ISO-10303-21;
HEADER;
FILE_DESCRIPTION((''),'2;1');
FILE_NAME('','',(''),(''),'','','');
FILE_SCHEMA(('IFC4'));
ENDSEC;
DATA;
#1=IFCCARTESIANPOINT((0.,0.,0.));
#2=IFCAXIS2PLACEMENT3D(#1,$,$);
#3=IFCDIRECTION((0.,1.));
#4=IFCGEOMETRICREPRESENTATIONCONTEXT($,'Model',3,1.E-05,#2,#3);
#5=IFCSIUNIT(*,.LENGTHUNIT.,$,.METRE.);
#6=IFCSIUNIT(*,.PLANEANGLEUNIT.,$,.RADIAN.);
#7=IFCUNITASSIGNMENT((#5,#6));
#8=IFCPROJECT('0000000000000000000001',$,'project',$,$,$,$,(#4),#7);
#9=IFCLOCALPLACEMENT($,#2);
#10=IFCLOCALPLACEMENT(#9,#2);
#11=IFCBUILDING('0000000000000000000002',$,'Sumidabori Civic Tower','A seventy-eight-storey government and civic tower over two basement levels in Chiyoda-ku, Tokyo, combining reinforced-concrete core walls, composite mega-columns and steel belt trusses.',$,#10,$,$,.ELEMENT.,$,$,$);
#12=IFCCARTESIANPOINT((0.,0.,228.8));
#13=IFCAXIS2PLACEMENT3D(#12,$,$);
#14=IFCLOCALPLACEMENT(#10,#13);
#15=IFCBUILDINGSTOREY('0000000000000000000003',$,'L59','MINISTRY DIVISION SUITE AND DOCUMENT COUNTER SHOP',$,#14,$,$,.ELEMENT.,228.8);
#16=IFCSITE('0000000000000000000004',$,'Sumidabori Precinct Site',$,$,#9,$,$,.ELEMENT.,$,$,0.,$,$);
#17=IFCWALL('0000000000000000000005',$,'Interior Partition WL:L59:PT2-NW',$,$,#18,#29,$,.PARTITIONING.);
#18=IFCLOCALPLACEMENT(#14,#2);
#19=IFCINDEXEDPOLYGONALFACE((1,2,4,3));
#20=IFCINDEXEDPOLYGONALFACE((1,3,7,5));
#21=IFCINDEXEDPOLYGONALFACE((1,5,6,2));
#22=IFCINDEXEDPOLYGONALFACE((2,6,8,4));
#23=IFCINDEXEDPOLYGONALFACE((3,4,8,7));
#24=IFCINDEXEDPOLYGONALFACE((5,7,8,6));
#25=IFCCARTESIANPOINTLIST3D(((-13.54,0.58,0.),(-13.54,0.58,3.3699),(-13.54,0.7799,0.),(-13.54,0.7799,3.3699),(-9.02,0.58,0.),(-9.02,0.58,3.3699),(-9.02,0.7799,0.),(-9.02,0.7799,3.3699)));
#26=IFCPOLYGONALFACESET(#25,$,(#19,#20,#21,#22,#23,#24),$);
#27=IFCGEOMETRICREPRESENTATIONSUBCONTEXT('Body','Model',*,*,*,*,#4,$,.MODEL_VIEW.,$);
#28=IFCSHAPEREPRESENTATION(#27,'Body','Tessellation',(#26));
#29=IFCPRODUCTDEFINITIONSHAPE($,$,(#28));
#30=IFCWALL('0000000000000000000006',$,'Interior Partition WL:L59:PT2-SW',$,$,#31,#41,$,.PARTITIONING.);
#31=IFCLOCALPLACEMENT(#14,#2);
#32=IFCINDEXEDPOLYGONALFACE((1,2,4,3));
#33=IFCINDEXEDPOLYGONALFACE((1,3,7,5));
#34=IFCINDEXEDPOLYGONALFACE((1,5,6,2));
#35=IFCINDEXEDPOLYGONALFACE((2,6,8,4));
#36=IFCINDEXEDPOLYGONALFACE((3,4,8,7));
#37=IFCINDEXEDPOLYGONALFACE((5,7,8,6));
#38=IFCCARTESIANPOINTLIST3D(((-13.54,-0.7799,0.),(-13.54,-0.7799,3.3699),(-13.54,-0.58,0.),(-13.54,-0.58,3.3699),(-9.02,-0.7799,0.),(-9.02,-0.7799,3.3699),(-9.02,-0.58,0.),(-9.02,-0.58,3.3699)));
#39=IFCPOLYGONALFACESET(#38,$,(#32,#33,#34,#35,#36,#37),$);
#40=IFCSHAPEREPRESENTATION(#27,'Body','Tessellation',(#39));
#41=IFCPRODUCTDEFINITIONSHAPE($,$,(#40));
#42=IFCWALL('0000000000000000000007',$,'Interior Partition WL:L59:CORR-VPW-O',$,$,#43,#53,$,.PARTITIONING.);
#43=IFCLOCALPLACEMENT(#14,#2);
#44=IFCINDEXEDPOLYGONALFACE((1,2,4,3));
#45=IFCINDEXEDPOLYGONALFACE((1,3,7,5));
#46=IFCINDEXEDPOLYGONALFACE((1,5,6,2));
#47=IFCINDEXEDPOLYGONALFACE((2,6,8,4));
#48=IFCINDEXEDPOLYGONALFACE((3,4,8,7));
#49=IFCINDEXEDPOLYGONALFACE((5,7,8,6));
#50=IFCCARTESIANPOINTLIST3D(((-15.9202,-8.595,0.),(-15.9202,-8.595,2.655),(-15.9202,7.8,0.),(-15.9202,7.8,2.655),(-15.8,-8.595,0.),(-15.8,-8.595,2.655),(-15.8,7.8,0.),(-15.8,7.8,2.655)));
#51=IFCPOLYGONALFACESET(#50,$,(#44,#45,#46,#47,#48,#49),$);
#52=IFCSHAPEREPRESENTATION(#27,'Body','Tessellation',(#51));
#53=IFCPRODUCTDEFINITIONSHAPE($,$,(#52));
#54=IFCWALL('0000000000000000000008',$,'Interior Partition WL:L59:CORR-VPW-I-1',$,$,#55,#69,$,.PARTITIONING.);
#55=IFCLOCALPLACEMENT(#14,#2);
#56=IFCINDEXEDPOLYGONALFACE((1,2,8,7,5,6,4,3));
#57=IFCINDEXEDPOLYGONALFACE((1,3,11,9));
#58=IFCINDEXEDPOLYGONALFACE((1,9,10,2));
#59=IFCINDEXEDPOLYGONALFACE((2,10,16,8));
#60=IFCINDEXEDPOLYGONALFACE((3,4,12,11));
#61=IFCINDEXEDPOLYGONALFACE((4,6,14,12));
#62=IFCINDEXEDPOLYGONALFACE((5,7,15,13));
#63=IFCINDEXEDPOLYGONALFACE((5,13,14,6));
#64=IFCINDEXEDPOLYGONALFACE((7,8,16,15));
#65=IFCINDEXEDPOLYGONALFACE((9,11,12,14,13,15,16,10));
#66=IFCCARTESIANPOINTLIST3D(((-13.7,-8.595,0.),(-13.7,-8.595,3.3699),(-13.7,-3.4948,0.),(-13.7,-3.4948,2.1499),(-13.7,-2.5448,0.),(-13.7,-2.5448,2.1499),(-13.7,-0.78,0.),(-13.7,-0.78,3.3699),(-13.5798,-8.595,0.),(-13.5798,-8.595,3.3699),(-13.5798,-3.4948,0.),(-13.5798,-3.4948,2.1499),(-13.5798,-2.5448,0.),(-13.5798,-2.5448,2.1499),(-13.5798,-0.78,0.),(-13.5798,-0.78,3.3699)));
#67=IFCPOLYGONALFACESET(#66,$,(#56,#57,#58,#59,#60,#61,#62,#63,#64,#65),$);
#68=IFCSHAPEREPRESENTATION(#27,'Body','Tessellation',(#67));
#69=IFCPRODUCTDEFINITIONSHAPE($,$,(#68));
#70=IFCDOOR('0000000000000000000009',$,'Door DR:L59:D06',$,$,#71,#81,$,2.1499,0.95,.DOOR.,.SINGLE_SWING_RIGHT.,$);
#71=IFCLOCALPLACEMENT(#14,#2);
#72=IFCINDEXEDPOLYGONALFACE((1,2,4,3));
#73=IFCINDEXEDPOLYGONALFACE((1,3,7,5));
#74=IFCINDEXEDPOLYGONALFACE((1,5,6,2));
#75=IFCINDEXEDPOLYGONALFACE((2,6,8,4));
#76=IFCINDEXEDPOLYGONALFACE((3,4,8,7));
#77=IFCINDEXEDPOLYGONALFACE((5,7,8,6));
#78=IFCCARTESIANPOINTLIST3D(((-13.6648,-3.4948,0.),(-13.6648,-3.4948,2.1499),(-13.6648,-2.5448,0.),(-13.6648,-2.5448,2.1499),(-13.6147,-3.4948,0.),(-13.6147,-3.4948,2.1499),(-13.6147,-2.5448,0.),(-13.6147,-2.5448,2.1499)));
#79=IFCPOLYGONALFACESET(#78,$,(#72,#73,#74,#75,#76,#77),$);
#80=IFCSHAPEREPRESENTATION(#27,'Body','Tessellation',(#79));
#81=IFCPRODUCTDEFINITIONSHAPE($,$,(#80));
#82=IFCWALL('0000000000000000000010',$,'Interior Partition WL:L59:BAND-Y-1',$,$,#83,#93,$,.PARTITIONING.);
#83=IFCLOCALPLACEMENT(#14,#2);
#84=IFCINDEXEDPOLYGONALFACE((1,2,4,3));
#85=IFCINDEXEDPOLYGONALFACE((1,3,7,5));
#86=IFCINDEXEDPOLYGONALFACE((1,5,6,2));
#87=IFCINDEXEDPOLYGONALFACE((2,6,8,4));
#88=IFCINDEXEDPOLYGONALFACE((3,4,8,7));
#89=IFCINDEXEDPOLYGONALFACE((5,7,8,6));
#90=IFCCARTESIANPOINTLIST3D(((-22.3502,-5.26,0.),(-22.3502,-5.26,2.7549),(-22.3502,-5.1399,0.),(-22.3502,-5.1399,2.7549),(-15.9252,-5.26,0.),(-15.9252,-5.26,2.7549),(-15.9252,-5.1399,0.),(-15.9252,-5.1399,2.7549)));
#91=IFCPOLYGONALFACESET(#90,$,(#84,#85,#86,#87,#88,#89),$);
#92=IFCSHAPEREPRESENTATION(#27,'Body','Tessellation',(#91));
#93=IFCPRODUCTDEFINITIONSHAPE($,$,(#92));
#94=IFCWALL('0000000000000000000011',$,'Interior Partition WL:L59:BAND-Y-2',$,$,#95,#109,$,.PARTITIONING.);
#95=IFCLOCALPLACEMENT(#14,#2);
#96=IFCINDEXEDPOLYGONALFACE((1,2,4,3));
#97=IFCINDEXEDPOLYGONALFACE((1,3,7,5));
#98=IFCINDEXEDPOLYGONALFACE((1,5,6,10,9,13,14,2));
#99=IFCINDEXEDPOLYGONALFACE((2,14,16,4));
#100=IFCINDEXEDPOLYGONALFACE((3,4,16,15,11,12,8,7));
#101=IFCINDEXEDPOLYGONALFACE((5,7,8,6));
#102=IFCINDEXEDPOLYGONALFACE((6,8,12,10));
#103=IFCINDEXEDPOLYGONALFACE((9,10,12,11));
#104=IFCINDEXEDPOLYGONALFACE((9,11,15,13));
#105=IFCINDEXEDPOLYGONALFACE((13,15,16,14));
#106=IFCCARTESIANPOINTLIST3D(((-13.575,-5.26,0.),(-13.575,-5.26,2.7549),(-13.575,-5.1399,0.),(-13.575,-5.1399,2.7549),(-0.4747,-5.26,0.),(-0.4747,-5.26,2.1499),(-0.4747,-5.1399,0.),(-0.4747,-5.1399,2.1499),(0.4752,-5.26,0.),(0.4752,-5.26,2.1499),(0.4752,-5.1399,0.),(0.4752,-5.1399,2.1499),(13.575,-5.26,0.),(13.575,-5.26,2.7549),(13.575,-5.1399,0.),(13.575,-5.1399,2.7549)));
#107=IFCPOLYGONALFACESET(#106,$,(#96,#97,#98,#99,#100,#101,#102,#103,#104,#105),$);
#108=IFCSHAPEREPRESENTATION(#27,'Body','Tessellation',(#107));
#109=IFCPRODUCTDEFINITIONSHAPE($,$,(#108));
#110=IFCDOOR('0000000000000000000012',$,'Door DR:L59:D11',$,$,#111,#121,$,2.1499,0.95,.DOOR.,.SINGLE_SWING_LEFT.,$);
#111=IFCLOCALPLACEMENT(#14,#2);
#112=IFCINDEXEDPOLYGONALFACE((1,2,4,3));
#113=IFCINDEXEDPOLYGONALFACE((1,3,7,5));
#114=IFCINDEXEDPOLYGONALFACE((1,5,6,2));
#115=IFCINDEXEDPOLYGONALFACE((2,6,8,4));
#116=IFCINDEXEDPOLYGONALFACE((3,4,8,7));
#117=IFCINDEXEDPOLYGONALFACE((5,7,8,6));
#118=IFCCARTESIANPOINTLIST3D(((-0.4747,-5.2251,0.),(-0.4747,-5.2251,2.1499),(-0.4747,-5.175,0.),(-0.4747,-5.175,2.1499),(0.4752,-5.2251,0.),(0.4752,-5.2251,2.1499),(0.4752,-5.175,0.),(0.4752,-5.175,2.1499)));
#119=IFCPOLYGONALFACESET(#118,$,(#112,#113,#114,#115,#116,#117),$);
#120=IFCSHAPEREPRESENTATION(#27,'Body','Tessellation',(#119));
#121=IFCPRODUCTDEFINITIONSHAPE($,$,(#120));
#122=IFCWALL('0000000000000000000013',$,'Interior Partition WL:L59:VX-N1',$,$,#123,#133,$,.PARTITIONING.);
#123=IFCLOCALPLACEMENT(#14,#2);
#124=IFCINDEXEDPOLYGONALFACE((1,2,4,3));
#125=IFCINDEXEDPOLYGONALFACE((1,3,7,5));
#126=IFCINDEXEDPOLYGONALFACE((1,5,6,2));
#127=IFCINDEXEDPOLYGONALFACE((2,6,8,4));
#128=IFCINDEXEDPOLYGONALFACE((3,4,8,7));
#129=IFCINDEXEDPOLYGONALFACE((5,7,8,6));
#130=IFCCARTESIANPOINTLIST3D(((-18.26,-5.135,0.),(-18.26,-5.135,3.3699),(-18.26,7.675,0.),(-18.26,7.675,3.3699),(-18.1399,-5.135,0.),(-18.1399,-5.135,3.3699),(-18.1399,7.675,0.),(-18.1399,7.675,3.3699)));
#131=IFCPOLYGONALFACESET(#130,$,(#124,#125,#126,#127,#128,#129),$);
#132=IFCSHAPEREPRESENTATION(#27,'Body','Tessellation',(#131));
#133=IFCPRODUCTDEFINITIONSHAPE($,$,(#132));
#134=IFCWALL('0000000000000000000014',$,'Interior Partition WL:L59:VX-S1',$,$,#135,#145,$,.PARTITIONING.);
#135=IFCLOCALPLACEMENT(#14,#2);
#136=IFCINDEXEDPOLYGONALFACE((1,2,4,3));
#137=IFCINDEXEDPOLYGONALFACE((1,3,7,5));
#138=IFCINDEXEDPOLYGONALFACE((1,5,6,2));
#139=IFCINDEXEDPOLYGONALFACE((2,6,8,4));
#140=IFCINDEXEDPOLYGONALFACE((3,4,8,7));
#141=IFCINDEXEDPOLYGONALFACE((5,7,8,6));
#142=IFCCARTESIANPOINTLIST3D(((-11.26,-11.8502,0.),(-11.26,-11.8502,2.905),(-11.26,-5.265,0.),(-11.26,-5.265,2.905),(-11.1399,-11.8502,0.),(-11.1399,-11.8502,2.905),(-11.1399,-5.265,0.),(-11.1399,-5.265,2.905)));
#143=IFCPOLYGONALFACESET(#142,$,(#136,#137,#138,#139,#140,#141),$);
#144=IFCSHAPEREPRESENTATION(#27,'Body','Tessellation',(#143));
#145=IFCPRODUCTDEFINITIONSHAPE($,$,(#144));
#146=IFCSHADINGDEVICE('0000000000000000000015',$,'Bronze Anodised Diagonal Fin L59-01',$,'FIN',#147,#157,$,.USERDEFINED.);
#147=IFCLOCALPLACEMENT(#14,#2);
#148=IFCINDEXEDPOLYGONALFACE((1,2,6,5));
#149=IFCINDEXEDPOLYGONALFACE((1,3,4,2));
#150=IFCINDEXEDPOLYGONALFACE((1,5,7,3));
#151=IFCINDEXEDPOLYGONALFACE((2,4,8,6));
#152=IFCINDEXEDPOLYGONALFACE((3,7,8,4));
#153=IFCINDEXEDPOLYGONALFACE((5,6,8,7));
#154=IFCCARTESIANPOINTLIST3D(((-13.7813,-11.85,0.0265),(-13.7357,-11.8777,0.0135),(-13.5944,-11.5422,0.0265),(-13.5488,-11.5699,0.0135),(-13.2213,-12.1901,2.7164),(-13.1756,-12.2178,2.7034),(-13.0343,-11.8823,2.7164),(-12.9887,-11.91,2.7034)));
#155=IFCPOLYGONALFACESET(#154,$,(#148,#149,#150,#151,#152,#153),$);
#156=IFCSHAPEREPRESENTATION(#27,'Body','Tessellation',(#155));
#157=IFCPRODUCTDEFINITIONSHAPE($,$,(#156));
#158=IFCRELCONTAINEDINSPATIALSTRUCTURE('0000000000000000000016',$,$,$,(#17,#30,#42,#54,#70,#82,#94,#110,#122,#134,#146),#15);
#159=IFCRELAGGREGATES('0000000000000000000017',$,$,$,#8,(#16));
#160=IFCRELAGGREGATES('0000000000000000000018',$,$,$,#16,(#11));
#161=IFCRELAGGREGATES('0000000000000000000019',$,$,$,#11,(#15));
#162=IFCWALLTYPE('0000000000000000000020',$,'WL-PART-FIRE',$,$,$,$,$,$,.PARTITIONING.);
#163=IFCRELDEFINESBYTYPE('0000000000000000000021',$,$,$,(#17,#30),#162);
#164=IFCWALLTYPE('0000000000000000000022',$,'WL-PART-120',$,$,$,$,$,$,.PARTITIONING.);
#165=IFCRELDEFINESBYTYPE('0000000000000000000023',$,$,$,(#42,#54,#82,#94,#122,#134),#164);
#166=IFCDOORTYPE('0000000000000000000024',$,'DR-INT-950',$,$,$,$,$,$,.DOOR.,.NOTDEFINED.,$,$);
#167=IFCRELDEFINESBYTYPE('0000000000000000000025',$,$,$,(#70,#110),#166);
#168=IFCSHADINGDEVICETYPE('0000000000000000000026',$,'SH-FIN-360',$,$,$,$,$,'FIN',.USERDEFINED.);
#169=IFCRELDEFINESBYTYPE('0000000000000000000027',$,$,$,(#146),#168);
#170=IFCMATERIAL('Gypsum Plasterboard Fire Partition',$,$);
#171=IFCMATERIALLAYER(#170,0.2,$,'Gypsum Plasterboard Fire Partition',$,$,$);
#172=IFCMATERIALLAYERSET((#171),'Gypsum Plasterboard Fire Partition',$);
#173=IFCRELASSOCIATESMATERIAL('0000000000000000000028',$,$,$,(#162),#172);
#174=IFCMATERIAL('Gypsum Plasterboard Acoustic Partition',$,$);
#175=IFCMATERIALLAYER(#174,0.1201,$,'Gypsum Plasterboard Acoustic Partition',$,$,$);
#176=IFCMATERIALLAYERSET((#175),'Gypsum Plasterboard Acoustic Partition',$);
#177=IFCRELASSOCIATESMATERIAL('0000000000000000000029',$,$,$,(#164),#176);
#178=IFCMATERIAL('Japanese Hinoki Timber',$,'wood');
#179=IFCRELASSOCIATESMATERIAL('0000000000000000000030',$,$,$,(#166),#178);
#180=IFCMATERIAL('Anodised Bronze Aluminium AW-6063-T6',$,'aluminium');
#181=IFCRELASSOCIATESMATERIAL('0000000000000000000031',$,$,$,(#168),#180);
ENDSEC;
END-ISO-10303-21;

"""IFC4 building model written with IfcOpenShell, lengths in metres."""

from ifc_helpers import new_model, si_unit, direction, frame, frame_2d, origin, origin_2d, place, context, subcontext, project, spatial, rectangle, extrude, source, transform, mapped, material, layer, layer_set, material_profile, profile_set, type_object, element, fill, save


model = new_model("IFC4")

# Units and contexts
model_context = context("Model", 3, precision=1e-05, world=origin(), true_north=direction((0.0, 1.0)))
body_context = subcontext(model_context, "Body", "Model", "MODEL_VIEW")
ifc_project = project(units=[si_unit("LENGTHUNIT", "METRE"), si_unit("PLANEANGLEUNIT", "RADIAN")], contexts=[model_context])

# Site, building, storey
site_placement = place(None, origin())
site = spatial("IfcSite", under=ifc_project, at=site_placement, Name="Sumidabori Precinct Site", CompositionType="ELEMENT", RefElevation=0.0)
building_placement = place(site_placement, origin())
building = spatial("IfcBuilding", under=site, at=building_placement, Name="Sumidabori Civic Tower", Description="A seventy-eight-storey government and civic tower over two basement levels in Chiyoda-ku, Tokyo, combining reinforced-concrete core walls, composite mega-columns and steel belt trusses.", CompositionType="ELEMENT")
storey_placement = place(building_placement, frame((0.0, 0.0, 228.8)))
storey = spatial("IfcBuildingStorey", under=building, at=storey_placement, Name="L59", Description="MINISTRY DIVISION SUITE AND DOCUMENT COUNTER SHOP", CompositionType="ELEMENT", Elevation=228.8)

# Shared definitions
ifc_material_1 = material(Name="Anodised Bronze Aluminium AW-6063-T6", Category="aluminium")

# Walls
ifc_material_2 = material(Name="Gypsum Plasterboard Fire Partition")
ifc_layer_1 = layer(ifc_material_2, 0.2, Name="Gypsum Plasterboard Fire Partition")
ifc_layer_set_1 = layer_set([ifc_layer_1], Name="Gypsum Plasterboard Fire Partition")
wall_type_1 = type_object("IfcWallType", Name="WL-PART-FIRE", PredefinedType="PARTITIONING", material=ifc_layer_set_1)
shared_shape_1 = source(origin(), body_context, "Body", "SweptSolid", [
    extrude(rectangle(XDim=4.52, YDim=0.2, at=frame_2d((2.26, 0.0))), origin(), (0.0, 0.0, 1.0), 3.3699),
])
for number, where, z_axis, x_axis, name in (
    (1, (-13.54, 0.6799, 0.0), (0.0, 0.0, 1.0), (1.0, 0.0, 0.0), "Interior Partition WL:L59:PT2-NW"),
    (2, (-13.54, -0.6799, 0.0), (0.0, 0.0, 1.0), (1.0, 0.0, 0.0), "Interior Partition WL:L59:PT2-SW"),
):
    element("IfcWall", number, at=place(storey_placement, frame(where, z_axis=z_axis, x_axis=x_axis)), inside=storey, type_object=wall_type_1, Name=name, PredefinedType="PARTITIONING", context=body_context, shape_type="MappedRepresentation", body=[
        mapped(shared_shape_1, transform((0.0, 0.0, 0.0), x_axis=(1.0, 0.0, 0.0), y_axis=(0.0, 1.0, 0.0), z_axis=(0.0, 0.0, 1.0), scale=1.0)),
    ])

# Shared definitions
ifc_material_3 = material(Name="Gypsum Plasterboard Acoustic Partition")
ifc_layer_2 = layer(ifc_material_3, 0.1201, Name="Gypsum Plasterboard Acoustic Partition")
ifc_layer_set_2 = layer_set([ifc_layer_2], Name="Gypsum Plasterboard Acoustic Partition")
wall_type_2 = type_object("IfcWallType", Name="WL-PART-120", PredefinedType="PARTITIONING", material=ifc_layer_set_2)
ifc_material_4 = material(Name="Japanese Hinoki Timber", Category="wood")
door_type = type_object("IfcDoorType", Name="DR-INT-950", OperationType="NOTDEFINED", PredefinedType="DOOR", material=ifc_material_4)
shared_shape_2 = source(origin(), body_context, "Body", "SweptSolid", [
    extrude(rectangle(XDim=0.95, YDim=2.1499, at=frame_2d((0.4751, 1.075))), frame((0.0, 0.0249, 0.0), z_axis=(0.0, -1.0, 0.0), x_axis=(1.0, 0.0, 0.0)), (0.0, 0.0, 1.0), 0.05),
])

# Wall
shared_shape_3 = source(origin(), body_context, "Body", "SweptSolid", [
    extrude(rectangle(XDim=16.395, YDim=0.1201, at=frame_2d((8.1975, 0.0))), origin(), (0.0, 0.0, 1.0), 2.655),
])
wall_1_placement = place(storey_placement, frame((-15.8601, -8.595, 0.0), z_axis=(0.0, 0.0, 1.0), x_axis=(0.0, 1.0, 0.0)))
element("IfcWall", 3, at=wall_1_placement, inside=storey, type_object=wall_type_2, Name="Interior Partition WL:L59:CORR-VPW-O", PredefinedType="PARTITIONING", context=body_context, shape_type="MappedRepresentation", body=[
    mapped(shared_shape_3, transform((0.0, 0.0, 0.0), x_axis=(1.0, 0.0, 0.0), y_axis=(0.0, 1.0, 0.0), z_axis=(0.0, 0.0, 1.0), scale=1.0)),
])

# Wall, opening, door
shared_shape_4 = source(origin(), body_context, "Body", "SweptSolid", [
    extrude(rectangle(XDim=7.8149, YDim=0.1201, at=frame_2d((3.9075, 0.0))), origin(), (0.0, 0.0, 1.0), 3.3699),
])
wall_2_placement = place(storey_placement, frame((-13.6399, -8.595, 0.0), z_axis=(0.0, 0.0, 1.0), x_axis=(0.0, 1.0, 0.0)))
wall_2 = element("IfcWall", 4, at=wall_2_placement, inside=storey, type_object=wall_type_2, Name="Interior Partition WL:L59:CORR-VPW-I-1", PredefinedType="PARTITIONING", context=body_context, shape_type="MappedRepresentation", body=[
    mapped(shared_shape_4, transform((0.0, 0.0, 0.0), x_axis=(1.0, 0.0, 0.0), y_axis=(0.0, 1.0, 0.0), z_axis=(0.0, 0.0, 1.0), scale=1.0)),
])
opening_1_placement = place(wall_2_placement, frame((5.1001, 0.0, 0.0)))
opening_1 = element("IfcOpeningElement", 5, at=opening_1_placement, cuts=wall_2, PredefinedType="OPENING", context=body_context, shape_type="SweptSolid", body=[
    extrude(rectangle(XDim=0.95, YDim=2.1499, at=frame_2d((0.4751, 1.075))), frame((0.0, 0.072, 0.0), z_axis=(0.0, -1.0, 0.0), x_axis=(1.0, 0.0, 0.0)), (0.0, 0.0, 1.0), 0.144),
])
door_1_placement = place(opening_1_placement, origin())
door_1 = element("IfcDoor", 6, at=door_1_placement, inside=storey, type_object=door_type, Name="Door DR:L59:D06", OperationType="SINGLE_SWING_RIGHT", OverallHeight=2.1499, OverallWidth=0.95, PredefinedType="DOOR", context=body_context, shape_type="MappedRepresentation", body=[
    mapped(shared_shape_2, transform((0.0, 0.0, 0.0), x_axis=(1.0, 0.0, 0.0), y_axis=(0.0, 1.0, 0.0), z_axis=(0.0, 0.0, 1.0), scale=1.0)),
])
fill(opening_1, door_1)

# Wall
shared_shape_5 = source(origin(), body_context, "Body", "SweptSolid", [
    extrude(rectangle(XDim=6.425, YDim=0.1201, at=frame_2d((3.2124, 0.0))), origin(), (0.0, 0.0, 1.0), 2.7549),
])
wall_3_placement = place(storey_placement, frame((-22.3501, -5.2, 0.0), z_axis=(0.0, 0.0, 1.0), x_axis=(1.0, 0.0, 0.0)))
element("IfcWall", 7, at=wall_3_placement, inside=storey, type_object=wall_type_2, Name="Interior Partition WL:L59:BAND-Y-1", PredefinedType="PARTITIONING", context=body_context, shape_type="MappedRepresentation", body=[
    mapped(shared_shape_5, transform((0.0, 0.0, 0.0), x_axis=(1.0, 0.0, 0.0), y_axis=(0.0, 1.0, 0.0), z_axis=(0.0, 0.0, 1.0), scale=1.0)),
])

# Wall, opening, door
shared_shape_6 = source(origin(), body_context, "Body", "SweptSolid", [
    extrude(rectangle(XDim=27.1499, YDim=0.1201, at=frame_2d((13.575, 0.0))), origin(), (0.0, 0.0, 1.0), 2.7549),
])
wall_4_placement = place(storey_placement, frame((-13.575, -5.2, 0.0), z_axis=(0.0, 0.0, 1.0), x_axis=(1.0, 0.0, 0.0)))
wall_4 = element("IfcWall", 8, at=wall_4_placement, inside=storey, type_object=wall_type_2, Name="Interior Partition WL:L59:BAND-Y-2", PredefinedType="PARTITIONING", context=body_context, shape_type="MappedRepresentation", body=[
    mapped(shared_shape_6, transform((0.0, 0.0, 0.0), x_axis=(1.0, 0.0, 0.0), y_axis=(0.0, 1.0, 0.0), z_axis=(0.0, 0.0, 1.0), scale=1.0)),
])
opening_2_placement = place(wall_4_placement, frame((13.1001, 0.0, 0.0)))
opening_2 = element("IfcOpeningElement", 9, at=opening_2_placement, cuts=wall_4, PredefinedType="OPENING", context=body_context, shape_type="SweptSolid", body=[
    extrude(rectangle(XDim=0.95, YDim=2.1499, at=frame_2d((0.4751, 1.075))), frame((0.0, 0.072, 0.0), z_axis=(0.0, -1.0, 0.0), x_axis=(1.0, 0.0, 0.0)), (0.0, 0.0, 1.0), 0.144),
])
door_2_placement = place(opening_2_placement, origin())
door_2 = element("IfcDoor", 10, at=door_2_placement, inside=storey, type_object=door_type, Name="Door DR:L59:D11", OperationType="SINGLE_SWING_LEFT", OverallHeight=2.1499, OverallWidth=0.95, PredefinedType="DOOR", context=body_context, shape_type="MappedRepresentation", body=[
    mapped(shared_shape_2, transform((0.0, 0.0, 0.0), x_axis=(1.0, 0.0, 0.0), y_axis=(0.0, 1.0, 0.0), z_axis=(0.0, 0.0, 1.0), scale=1.0)),
])
fill(opening_2, door_2)

# Walls
shared_shape_7 = source(origin(), body_context, "Body", "SweptSolid", [
    extrude(rectangle(XDim=12.8101, YDim=0.1201, at=frame_2d((6.405, 0.0))), origin(), (0.0, 0.0, 1.0), 3.3699),
])
wall_5_placement = place(storey_placement, frame((-18.2, -5.135, 0.0), z_axis=(0.0, 0.0, 1.0), x_axis=(0.0, 1.0, 0.0)))
element("IfcWall", 11, at=wall_5_placement, inside=storey, type_object=wall_type_2, Name="Interior Partition WL:L59:VX-N1", PredefinedType="PARTITIONING", context=body_context, shape_type="MappedRepresentation", body=[
    mapped(shared_shape_7, transform((0.0, 0.0, 0.0), x_axis=(1.0, 0.0, 0.0), y_axis=(0.0, 1.0, 0.0), z_axis=(0.0, 0.0, 1.0), scale=1.0)),
])
shared_shape_8 = source(origin(), body_context, "Body", "SweptSolid", [
    extrude(rectangle(XDim=6.5852, YDim=0.1201, at=frame_2d((3.2925, 0.0))), origin(), (0.0, 0.0, 1.0), 2.905),
])
wall_6_placement = place(storey_placement, frame((-11.2, -11.8501, 0.0), z_axis=(0.0, 0.0, 1.0), x_axis=(0.0, 1.0, 0.0)))
element("IfcWall", 12, at=wall_6_placement, inside=storey, type_object=wall_type_2, Name="Interior Partition WL:L59:VX-S1", PredefinedType="PARTITIONING", context=body_context, shape_type="MappedRepresentation", body=[
    mapped(shared_shape_8, transform((0.0, 0.0, 0.0), x_axis=(1.0, 0.0, 0.0), y_axis=(0.0, 1.0, 0.0), z_axis=(0.0, 0.0, 1.0), scale=1.0)),
])

# Shading device
ifc_material_profile_1 = material_profile(ifc_material_1, rectangle(XDim=0.0549, YDim=0.3601, at=origin_2d()), Name="BRONZE FIN 360x55")
ifc_profile_set_1 = profile_set([ifc_material_profile_1], Name="Anodised Bronze Aluminium AW-6063-T6")
shading_device_type = type_object("IfcShadingDeviceType", Name="SH-FIN-360", ElementType="FIN", PredefinedType="USERDEFINED", material=ifc_profile_set_1)
shared_shape_9 = source(origin(), body_context, "Body", "SweptSolid", [
    extrude(rectangle(XDim=0.0549, YDim=0.3601, at=origin_2d()), origin(), (0.0, 0.0, 1.0), 2.7686),
])
shading_device_placement = place(storey_placement, frame((-13.665, -11.71, 0.02), z_axis=(0.20229, -0.122838, 0.971591), x_axis=(0.83047, -0.504291, -0.236665)))
element("IfcShadingDevice", 13, at=shading_device_placement, inside=storey, type_object=shading_device_type, Name="Bronze Anodised Diagonal Fin L59-01", ObjectType="FIN", PredefinedType="USERDEFINED", context=body_context, shape_type="MappedRepresentation", body=[
    mapped(shared_shape_9, transform((0.0, 0.0, 0.0), x_axis=(1.0, 0.0, 0.0), y_axis=(0.0, 1.0, 0.0), z_axis=(0.0, 0.0, 1.0), scale=1.0)),
])

save(model, "model.ifc")
